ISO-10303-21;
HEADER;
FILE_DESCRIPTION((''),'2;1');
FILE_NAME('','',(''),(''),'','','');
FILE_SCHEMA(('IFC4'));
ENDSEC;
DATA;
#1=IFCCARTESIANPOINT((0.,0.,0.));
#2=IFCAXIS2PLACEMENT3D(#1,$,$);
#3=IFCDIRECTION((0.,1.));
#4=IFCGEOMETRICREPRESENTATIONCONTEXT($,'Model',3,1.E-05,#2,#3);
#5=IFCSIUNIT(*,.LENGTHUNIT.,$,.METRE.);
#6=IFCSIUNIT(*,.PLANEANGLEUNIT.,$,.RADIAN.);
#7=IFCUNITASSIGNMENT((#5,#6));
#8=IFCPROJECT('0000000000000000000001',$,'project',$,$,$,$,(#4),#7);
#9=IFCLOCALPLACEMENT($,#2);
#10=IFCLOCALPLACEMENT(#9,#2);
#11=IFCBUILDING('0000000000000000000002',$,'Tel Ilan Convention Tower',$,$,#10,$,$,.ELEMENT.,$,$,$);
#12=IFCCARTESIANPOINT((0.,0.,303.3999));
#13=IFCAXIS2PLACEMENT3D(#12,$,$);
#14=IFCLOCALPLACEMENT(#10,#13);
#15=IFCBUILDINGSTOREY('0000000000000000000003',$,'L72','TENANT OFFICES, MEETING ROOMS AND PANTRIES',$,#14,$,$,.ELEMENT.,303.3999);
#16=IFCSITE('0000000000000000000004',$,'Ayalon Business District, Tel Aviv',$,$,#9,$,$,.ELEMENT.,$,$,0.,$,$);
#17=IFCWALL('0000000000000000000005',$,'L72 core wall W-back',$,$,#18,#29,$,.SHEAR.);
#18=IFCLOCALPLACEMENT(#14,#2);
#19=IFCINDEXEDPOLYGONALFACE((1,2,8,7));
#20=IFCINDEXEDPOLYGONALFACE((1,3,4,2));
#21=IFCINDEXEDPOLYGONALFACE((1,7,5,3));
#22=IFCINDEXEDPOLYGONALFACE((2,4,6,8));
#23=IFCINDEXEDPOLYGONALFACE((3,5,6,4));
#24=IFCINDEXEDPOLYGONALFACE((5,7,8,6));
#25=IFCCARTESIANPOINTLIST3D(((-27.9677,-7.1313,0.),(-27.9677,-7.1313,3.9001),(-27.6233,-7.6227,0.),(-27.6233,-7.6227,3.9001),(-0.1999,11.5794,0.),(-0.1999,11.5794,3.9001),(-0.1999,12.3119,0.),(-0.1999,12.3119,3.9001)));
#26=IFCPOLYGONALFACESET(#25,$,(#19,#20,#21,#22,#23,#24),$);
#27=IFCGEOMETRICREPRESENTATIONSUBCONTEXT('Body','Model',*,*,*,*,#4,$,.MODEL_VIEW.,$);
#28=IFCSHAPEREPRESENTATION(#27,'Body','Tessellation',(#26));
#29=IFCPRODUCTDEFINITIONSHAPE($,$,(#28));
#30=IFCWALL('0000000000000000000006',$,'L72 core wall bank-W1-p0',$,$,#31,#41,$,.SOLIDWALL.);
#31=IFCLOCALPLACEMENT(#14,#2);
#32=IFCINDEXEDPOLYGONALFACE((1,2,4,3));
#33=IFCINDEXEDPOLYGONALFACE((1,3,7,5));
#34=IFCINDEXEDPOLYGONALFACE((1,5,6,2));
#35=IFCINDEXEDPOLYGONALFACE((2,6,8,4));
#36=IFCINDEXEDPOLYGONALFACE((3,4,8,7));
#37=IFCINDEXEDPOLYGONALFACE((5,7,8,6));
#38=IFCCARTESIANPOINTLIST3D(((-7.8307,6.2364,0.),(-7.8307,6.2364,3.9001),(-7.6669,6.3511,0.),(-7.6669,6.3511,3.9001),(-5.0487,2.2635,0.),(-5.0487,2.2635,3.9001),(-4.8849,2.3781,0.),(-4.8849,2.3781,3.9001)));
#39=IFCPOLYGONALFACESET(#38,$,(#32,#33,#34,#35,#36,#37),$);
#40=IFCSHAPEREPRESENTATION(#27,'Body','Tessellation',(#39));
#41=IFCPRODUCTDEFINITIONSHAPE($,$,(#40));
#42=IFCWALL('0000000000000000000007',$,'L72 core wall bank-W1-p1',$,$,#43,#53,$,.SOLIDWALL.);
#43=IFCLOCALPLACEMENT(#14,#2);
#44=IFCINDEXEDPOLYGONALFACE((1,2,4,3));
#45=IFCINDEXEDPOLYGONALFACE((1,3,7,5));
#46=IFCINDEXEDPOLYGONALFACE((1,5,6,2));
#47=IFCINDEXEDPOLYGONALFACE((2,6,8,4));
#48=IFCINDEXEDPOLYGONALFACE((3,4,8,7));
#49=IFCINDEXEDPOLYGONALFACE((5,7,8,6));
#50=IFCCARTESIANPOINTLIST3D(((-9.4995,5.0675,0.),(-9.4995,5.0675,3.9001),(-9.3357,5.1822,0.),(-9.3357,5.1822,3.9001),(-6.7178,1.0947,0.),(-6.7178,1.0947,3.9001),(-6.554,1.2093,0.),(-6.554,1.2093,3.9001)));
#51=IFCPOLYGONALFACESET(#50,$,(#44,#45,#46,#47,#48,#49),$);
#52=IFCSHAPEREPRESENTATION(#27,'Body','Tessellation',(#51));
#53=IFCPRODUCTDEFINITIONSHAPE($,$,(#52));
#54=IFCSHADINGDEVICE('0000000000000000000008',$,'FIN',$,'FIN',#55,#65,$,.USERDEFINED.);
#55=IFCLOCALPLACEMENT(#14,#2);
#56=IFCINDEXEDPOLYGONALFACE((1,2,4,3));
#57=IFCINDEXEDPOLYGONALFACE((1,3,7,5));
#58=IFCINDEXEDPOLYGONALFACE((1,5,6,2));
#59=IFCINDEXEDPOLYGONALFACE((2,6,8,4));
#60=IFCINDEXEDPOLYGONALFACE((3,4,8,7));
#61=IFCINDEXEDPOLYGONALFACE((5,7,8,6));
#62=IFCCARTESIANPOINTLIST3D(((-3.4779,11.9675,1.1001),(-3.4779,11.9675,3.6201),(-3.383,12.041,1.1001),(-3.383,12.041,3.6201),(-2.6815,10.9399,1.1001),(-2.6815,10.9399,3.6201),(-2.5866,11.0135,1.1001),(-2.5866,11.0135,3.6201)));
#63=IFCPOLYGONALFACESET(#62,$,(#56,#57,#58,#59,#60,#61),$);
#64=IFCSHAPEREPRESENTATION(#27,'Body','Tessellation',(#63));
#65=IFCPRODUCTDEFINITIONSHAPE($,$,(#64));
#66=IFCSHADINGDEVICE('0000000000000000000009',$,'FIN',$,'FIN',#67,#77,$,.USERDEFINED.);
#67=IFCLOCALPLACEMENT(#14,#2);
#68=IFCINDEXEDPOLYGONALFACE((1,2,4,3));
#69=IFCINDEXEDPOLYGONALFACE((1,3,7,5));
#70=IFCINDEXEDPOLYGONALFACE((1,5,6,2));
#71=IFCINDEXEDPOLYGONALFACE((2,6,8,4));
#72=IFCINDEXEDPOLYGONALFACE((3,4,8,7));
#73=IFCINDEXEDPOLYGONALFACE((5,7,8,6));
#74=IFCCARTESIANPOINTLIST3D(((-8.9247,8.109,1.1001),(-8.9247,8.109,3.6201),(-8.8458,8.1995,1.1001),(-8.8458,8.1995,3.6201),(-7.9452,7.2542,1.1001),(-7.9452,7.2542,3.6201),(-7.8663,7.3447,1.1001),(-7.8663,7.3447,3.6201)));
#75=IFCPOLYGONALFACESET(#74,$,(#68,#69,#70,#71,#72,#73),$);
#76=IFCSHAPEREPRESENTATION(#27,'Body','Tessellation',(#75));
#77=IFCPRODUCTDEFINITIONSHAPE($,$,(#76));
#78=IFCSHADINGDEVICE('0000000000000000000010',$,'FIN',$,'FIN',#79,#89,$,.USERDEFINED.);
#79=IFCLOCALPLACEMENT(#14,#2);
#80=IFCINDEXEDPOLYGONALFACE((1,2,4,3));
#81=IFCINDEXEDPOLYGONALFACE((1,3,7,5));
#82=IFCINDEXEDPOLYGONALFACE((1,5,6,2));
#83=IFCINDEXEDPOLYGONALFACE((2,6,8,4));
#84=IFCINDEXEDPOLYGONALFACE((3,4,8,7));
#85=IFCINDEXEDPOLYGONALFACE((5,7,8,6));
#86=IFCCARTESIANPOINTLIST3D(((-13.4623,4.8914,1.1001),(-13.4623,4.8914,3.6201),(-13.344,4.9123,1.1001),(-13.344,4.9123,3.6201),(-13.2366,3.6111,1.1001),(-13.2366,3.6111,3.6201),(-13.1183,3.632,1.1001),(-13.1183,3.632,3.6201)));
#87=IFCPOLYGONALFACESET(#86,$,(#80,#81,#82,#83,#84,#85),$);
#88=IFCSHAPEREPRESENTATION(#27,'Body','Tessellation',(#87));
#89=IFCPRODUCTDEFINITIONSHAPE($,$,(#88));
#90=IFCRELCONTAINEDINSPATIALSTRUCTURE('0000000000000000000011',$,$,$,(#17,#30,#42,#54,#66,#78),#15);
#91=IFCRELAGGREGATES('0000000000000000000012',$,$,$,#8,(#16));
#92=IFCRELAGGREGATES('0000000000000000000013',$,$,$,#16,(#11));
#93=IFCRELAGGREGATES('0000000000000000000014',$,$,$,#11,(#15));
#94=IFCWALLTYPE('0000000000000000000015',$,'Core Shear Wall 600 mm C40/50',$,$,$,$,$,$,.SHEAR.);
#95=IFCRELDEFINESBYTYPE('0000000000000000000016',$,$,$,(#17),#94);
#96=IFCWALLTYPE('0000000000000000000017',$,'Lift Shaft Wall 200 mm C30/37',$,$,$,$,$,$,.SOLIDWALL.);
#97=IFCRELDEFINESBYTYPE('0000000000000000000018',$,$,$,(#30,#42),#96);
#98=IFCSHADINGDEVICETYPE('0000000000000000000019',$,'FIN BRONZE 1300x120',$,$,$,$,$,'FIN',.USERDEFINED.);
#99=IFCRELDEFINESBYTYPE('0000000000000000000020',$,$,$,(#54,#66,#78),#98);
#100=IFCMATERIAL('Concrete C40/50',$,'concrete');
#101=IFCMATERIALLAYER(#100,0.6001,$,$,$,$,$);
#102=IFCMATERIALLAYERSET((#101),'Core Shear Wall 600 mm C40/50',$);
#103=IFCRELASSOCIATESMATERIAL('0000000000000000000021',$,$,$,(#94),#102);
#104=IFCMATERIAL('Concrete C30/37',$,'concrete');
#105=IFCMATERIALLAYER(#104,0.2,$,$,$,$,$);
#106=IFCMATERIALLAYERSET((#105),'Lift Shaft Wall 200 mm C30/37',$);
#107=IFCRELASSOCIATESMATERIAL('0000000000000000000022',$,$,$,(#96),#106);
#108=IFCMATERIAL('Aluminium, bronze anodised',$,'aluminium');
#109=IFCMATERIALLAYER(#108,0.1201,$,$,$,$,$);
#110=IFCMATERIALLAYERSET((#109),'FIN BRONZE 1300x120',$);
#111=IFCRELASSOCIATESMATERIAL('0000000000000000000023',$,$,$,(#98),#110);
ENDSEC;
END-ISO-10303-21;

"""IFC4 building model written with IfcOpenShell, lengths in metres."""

from ifc_helpers import new_model, si_unit, direction, frame, frame_2d, origin, origin_2d, place, context, subcontext, project, spatial, polyline, rectangle, outline, extrude, material, layer, layer_set, type_object, element, save


model = new_model("IFC4")

# Units and contexts
model_context = context("Model", 3, precision=1e-05, world=origin(), true_north=direction((0.0, 1.0)))
body_context = subcontext(model_context, "Body", "Model", "MODEL_VIEW")
ifc_project = project(units=[si_unit("LENGTHUNIT", "METRE"), si_unit("PLANEANGLEUNIT", "RADIAN")], contexts=[model_context])

# Site, building, storey
site_placement = place(None, origin())
site = spatial("IfcSite", under=ifc_project, at=site_placement, Name="Ayalon Business District, Tel Aviv", CompositionType="ELEMENT", RefElevation=0.0)
building_placement = place(site_placement, origin())
building = spatial("IfcBuilding", under=site, at=building_placement, Name="Tel Ilan Convention Tower", CompositionType="ELEMENT")
storey_placement = place(building_placement, frame((0.0, 0.0, 303.3999)))
storey = spatial("IfcBuildingStorey", under=building, at=storey_placement, Name="L72", Description="TENANT OFFICES, MEETING ROOMS AND PANTRIES", CompositionType="ELEMENT", Elevation=303.3999)

# Walls
ifc_material_1 = material(Name="Concrete C40/50", Category="concrete")
ifc_layer_1 = layer(ifc_material_1, 0.6001)
ifc_layer_set_1 = layer_set([ifc_layer_1], Name="Core Shear Wall 600 mm C40/50")
wall_type_1 = type_object("IfcWallType", Name="Core Shear Wall 600 mm C40/50", PredefinedType="SHEAR", material=ifc_layer_set_1)
wall_1_placement = place(storey_placement, frame((-0.0278, 12.0662, 0.0), z_axis=(0.0, 0.0, 1.0), x_axis=(-0.819151, -0.573577, 0.0)))
element("IfcWall", 1, at=wall_1_placement, inside=storey, type_object=wall_type_1, Name="L72 core wall W-back", PredefinedType="SHEAR", context=body_context, shape_type="SweptSolid", body=[
    extrude(outline(polyline([(33.8979, 0.3), (0.4202, 0.3), (0.0, -0.3), (33.8982, -0.3), (33.8979, 0.3)])), origin(), (0.0, 0.0, 1.0), 3.9001),
])
ifc_material_2 = material(Name="Concrete C30/37", Category="concrete")
ifc_layer_2 = layer(ifc_material_2, 0.2)
ifc_layer_set_2 = layer_set([ifc_layer_2], Name="Lift Shaft Wall 200 mm C30/37")
wall_type_2 = type_object("IfcWallType", Name="Lift Shaft Wall 200 mm C30/37", PredefinedType="SOLIDWALL", material=ifc_layer_set_2)
wall_2_placement = place(storey_placement, frame((-4.9668, 2.3208, 0.0), z_axis=(0.0, 0.0, 1.0), x_axis=(-0.573594, 0.81914, 0.0)))
element("IfcWall", 2, at=wall_2_placement, inside=storey, type_object=wall_type_2, Name="L72 core wall bank-W1-p0", PredefinedType="SOLIDWALL", context=body_context, shape_type="SweptSolid", body=[
    extrude(rectangle(XDim=4.8501, YDim=0.2, at=frame_2d((2.425, 0.0))), origin(), (0.0, 0.0, 1.0), 3.9001),
])
wall_3_placement = place(storey_placement, frame((-6.636, 1.1521, 0.0), z_axis=(0.0, 0.0, 1.0), x_axis=(-0.57356, 0.819163, 0.0)))
element("IfcWall", 3, at=wall_3_placement, inside=storey, type_object=wall_type_2, Name="L72 core wall bank-W1-p1", PredefinedType="SOLIDWALL", context=body_context, shape_type="SweptSolid", body=[
    extrude(rectangle(XDim=4.8499, YDim=0.2, at=frame_2d((2.4248, 0.0))), origin(), (0.0, 0.0, 1.0), 3.9001),
])

# Shading devices
ifc_material_3 = material(Name="Aluminium, bronze anodised", Category="aluminium")
ifc_layer_3 = layer(ifc_material_3, 0.1201)
ifc_layer_set_3 = layer_set([ifc_layer_3], Name="FIN BRONZE 1300x120")
shading_device_type = type_object("IfcShadingDeviceType", Name="FIN BRONZE 1300x120", ElementType="FIN", PredefinedType="USERDEFINED", material=ifc_layer_set_3)
for number, where, z_axis, x_axis, name in (
    (4, (-3.0322, 11.4905, 1.1001), (0.0, 0.0, 1.0), (-0.612601, 0.790393, 0.0), "FIN"),
    (5, (-8.3955, 7.7268, 1.1001), (0.0, 0.0, 1.0), (-0.753436, 0.657521, 0.0), "FIN"),
    (6, (-13.2903, 4.2617, 1.1001), (0.0, 0.0, 1.0), (-0.173648, 0.984808, 0.0), "FIN"),
):
    element("IfcShadingDevice", number, at=place(storey_placement, frame(where, z_axis=z_axis, x_axis=x_axis)), inside=storey, type_object=shading_device_type, Name=name, ObjectType="FIN", PredefinedType="USERDEFINED", context=body_context, shape_type="SweptSolid", body=[
        extrude(rectangle(XDim=1.3, YDim=0.1201, at=origin_2d()), origin(), (0.0, 0.0, 1.0), 2.52),
    ])

save(model, "model.ifc")
